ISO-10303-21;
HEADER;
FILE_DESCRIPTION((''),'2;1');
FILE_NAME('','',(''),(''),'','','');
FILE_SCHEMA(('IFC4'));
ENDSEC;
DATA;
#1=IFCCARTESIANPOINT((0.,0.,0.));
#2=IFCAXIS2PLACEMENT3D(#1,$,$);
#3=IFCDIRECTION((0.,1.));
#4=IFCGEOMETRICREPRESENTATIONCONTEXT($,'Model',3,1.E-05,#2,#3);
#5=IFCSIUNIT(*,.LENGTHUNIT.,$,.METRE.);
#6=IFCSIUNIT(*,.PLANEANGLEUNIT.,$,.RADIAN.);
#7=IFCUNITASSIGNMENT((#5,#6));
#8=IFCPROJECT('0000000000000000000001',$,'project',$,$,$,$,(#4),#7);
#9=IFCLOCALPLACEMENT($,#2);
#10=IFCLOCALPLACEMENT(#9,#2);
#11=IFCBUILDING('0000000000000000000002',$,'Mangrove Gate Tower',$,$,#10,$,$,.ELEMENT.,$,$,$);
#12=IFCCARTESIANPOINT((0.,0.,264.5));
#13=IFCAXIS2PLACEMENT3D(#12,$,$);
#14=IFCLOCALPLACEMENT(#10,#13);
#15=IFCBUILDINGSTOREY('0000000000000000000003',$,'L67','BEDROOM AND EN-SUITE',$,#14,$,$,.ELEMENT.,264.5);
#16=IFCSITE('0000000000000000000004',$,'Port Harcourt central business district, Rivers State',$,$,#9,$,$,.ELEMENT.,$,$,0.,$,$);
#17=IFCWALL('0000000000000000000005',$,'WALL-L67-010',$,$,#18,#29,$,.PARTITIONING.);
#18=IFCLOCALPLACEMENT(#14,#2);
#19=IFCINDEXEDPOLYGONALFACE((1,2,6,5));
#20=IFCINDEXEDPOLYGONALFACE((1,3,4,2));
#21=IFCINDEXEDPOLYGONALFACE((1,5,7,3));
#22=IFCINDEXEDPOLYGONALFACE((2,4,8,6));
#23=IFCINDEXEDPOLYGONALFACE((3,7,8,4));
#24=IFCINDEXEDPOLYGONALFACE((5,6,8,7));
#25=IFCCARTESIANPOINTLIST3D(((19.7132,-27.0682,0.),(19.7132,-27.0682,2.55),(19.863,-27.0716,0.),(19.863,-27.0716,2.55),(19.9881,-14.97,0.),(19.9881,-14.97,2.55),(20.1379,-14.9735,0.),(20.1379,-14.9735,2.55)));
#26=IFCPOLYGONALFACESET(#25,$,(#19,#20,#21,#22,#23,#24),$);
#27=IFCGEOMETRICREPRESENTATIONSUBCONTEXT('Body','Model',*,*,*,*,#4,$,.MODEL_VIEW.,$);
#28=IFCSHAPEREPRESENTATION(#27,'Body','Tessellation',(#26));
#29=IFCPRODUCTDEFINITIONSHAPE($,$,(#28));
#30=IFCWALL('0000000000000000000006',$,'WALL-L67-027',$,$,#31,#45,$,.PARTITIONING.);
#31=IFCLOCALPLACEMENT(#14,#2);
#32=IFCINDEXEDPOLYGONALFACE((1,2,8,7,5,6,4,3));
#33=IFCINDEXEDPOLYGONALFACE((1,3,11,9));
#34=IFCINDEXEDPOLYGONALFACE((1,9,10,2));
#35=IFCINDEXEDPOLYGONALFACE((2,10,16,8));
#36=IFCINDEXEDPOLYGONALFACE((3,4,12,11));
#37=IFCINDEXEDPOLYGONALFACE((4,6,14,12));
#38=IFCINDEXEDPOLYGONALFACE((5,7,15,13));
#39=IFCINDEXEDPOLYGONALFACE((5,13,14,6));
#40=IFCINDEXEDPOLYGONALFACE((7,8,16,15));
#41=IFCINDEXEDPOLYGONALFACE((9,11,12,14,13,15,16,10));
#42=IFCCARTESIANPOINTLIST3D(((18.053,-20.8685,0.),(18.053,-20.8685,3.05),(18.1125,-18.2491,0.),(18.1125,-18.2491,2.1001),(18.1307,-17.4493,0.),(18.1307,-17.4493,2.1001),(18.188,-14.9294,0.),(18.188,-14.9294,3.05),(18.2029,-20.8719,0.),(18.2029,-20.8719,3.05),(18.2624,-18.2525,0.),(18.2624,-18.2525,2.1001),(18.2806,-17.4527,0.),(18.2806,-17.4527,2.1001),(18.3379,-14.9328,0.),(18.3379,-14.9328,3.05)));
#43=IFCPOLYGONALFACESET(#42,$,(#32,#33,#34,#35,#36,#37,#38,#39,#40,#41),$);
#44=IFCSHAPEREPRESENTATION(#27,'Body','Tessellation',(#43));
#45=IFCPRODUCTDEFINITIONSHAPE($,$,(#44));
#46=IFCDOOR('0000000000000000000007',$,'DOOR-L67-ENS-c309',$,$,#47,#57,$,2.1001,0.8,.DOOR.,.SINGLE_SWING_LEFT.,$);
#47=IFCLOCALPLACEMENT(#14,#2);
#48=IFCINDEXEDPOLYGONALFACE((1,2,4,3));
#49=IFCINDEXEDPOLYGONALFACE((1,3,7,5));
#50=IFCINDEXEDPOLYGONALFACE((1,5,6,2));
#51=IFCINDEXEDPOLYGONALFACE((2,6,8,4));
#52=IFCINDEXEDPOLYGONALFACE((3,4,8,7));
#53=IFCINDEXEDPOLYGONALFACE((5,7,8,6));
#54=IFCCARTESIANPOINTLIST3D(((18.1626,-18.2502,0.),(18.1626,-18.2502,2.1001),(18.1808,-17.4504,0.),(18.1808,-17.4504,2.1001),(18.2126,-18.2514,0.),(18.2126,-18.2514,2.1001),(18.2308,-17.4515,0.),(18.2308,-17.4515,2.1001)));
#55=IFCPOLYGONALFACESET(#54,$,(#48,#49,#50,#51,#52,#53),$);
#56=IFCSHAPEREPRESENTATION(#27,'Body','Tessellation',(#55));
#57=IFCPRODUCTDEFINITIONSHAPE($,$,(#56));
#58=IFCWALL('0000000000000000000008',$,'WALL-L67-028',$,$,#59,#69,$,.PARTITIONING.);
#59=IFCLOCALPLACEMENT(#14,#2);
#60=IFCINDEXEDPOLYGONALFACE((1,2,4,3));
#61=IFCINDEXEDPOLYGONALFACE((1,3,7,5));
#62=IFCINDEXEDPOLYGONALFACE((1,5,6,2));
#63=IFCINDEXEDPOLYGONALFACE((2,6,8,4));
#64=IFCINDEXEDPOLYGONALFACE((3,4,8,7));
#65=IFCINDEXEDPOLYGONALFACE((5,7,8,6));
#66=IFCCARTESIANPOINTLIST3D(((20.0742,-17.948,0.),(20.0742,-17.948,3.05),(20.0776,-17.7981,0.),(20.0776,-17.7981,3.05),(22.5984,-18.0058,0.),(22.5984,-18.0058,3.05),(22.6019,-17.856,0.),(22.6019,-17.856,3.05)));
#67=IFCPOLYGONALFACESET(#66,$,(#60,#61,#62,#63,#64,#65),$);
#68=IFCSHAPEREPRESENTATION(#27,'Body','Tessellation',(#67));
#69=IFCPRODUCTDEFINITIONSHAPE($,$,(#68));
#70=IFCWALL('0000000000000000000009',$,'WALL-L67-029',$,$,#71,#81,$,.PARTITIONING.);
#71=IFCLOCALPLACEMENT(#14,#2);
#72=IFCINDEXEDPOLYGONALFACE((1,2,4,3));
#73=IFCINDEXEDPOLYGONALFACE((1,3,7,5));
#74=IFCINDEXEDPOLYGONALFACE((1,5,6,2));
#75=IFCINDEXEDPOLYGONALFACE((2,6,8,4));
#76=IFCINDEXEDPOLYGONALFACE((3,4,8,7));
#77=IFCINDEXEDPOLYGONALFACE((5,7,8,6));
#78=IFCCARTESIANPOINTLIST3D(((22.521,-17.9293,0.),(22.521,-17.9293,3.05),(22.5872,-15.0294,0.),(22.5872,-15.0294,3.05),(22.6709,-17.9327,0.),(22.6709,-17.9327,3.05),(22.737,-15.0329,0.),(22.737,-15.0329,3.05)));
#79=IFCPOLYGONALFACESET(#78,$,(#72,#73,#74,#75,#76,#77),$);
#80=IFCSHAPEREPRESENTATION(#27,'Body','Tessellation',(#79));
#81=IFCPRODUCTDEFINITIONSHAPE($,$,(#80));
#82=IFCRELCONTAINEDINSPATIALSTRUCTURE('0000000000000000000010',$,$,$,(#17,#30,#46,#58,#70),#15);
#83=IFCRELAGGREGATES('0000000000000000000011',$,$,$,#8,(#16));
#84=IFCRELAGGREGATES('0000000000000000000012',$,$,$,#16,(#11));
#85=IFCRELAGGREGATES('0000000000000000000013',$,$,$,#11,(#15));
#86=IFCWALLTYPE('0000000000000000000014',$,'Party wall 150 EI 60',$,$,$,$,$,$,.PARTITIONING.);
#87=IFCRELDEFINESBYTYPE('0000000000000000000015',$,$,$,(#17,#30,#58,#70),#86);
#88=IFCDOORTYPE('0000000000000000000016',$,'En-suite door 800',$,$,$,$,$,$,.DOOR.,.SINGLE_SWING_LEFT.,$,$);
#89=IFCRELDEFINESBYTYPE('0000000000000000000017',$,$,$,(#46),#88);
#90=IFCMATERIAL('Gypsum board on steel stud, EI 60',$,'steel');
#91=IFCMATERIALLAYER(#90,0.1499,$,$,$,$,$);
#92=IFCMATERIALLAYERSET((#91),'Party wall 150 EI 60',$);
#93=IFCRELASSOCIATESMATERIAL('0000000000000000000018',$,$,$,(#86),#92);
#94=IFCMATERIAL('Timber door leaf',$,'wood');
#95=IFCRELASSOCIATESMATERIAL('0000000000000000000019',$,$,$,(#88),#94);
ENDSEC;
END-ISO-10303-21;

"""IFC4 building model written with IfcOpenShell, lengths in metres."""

from ifc_helpers import new_model, si_unit, direction, frame, frame_2d, origin, place, context, subcontext, project, spatial, rectangle, extrude, material, layer, layer_set, type_object, element, fill, save


model = new_model("IFC4")

# Units and contexts
model_context = context("Model", 3, precision=1e-05, world=origin(), true_north=direction((0.0, 1.0)))
body_context = subcontext(model_context, "Body", "Model", "MODEL_VIEW")
ifc_project = project(units=[si_unit("LENGTHUNIT", "METRE"), si_unit("PLANEANGLEUNIT", "RADIAN")], contexts=[model_context])

# Site, building, storey
site_placement = place(None, origin())
site = spatial("IfcSite", under=ifc_project, at=site_placement, Name="Port Harcourt central business district, Rivers State", CompositionType="ELEMENT", RefElevation=0.0)
building_placement = place(site_placement, origin())
building = spatial("IfcBuilding", under=site, at=building_placement, Name="Mangrove Gate Tower", CompositionType="ELEMENT")
storey_placement = place(building_placement, frame((0.0, 0.0, 264.5)))
storey = spatial("IfcBuildingStorey", under=building, at=storey_placement, Name="L67", Description="BEDROOM AND EN-SUITE", CompositionType="ELEMENT", Elevation=264.5)

# Wall
ifc_material_1 = material(Name="Gypsum board on steel stud, EI 60", Category="steel")
ifc_layer_1 = layer(ifc_material_1, 0.1499)
ifc_layer_set_1 = layer_set([ifc_layer_1], Name="Party wall 150 EI 60")
wall_type_1 = type_object("IfcWallType", Name="Party wall 150 EI 60", PredefinedType="PARTITIONING", material=ifc_layer_set_1)
wall_1_placement = place(storey_placement, frame((19.7881, -27.0701, 0.0), z_axis=(0.0, 0.0, 1.0), x_axis=(0.022717, 0.999742, 0.0)))
element("IfcWall", 1, at=wall_1_placement, inside=storey, type_object=wall_type_1, Name="WALL-L67-010", PredefinedType="PARTITIONING", context=body_context, shape_type="SweptSolid", body=[
    extrude(rectangle(XDim=12.1013, YDim=0.1499, at=frame_2d((6.0508, 0.0))), origin(), (0.0, 0.0, 1.0), 2.55),
])

# Wall, opening, door
wall_2_placement = place(storey_placement, frame((18.1279, -20.8701, 0.0), z_axis=(0.0, 0.0, 1.0), x_axis=(0.022726, 0.999742, 0.0)))
wall_2 = element("IfcWall", 2, at=wall_2_placement, inside=storey, type_object=wall_type_1, Name="WALL-L67-027", PredefinedType="PARTITIONING", context=body_context, shape_type="SweptSolid", body=[
    extrude(rectangle(XDim=5.9407, YDim=0.1499, at=frame_2d((2.9702, 0.0))), origin(), (0.0, 0.0, 1.0), 3.05),
])
opening_1_placement = place(wall_2_placement, frame((2.6201, 0.0, 0.0)))
opening_1 = element("IfcOpeningElement", 3, at=opening_1_placement, cuts=wall_2, PredefinedType="OPENING", context=body_context, shape_type="SweptSolid", body=[
    extrude(rectangle(XDim=0.8, YDim=2.1001, at=frame_2d((0.3999, 1.05))), frame((0.0, 0.085, 0.0), z_axis=(0.0, -1.0, 0.0), x_axis=(1.0, 0.0, 0.0)), (0.0, 0.0, 1.0), 0.1699),
])
ifc_material_2 = material(Name="Timber door leaf", Category="wood")
door_type_1 = type_object("IfcDoorType", Name="En-suite door 800", OperationType="SINGLE_SWING_LEFT", PredefinedType="DOOR", material=ifc_material_2)
door_1_placement = place(opening_1_placement, origin())
door_1 = element("IfcDoor", 4, at=door_1_placement, inside=storey, type_object=door_type_1, Name="DOOR-L67-ENS-c309", OperationType="SINGLE_SWING_LEFT", OverallHeight=2.1001, OverallWidth=0.8, PredefinedType="DOOR", context=body_context, shape_type="SweptSolid", body=[
    extrude(rectangle(XDim=0.8, YDim=2.1001, at=frame_2d((0.3999, 1.05))), frame((0.0, 0.0249, 0.0), z_axis=(0.0, -1.0, 0.0), x_axis=(1.0, 0.0, 0.0)), (0.0, 0.0, 1.0), 0.05),
])
fill(opening_1, door_1)

# Walls
wall_3_placement = place(storey_placement, frame((20.0759, -17.873, 0.0), z_axis=(0.0, 0.0, 1.0), x_axis=(0.999737, -0.022917, 0.0)))
element("IfcWall", 5, at=wall_3_placement, inside=storey, type_object=wall_type_1, Name="WALL-L67-028", PredefinedType="PARTITIONING", context=body_context, shape_type="SweptSolid", body=[
    extrude(rectangle(XDim=2.5249, YDim=0.1499, at=frame_2d((1.2625, 0.0))), origin(), (0.0, 0.0, 1.0), 3.05),
])
wall_4_placement = place(storey_placement, frame((22.5959, -17.9309, 0.0), z_axis=(0.0, 0.0, 1.0), x_axis=(0.022809, 0.99974, 0.0)))
element("IfcWall", 6, at=wall_4_placement, inside=storey, type_object=wall_type_1, Name="WALL-L67-029", PredefinedType="PARTITIONING", context=body_context, shape_type="SweptSolid", body=[
    extrude(rectangle(XDim=2.9006, YDim=0.1499, at=frame_2d((1.4502, 0.0))), origin(), (0.0, 0.0, 1.0), 3.05),
])

save(model, "model.ifc")
